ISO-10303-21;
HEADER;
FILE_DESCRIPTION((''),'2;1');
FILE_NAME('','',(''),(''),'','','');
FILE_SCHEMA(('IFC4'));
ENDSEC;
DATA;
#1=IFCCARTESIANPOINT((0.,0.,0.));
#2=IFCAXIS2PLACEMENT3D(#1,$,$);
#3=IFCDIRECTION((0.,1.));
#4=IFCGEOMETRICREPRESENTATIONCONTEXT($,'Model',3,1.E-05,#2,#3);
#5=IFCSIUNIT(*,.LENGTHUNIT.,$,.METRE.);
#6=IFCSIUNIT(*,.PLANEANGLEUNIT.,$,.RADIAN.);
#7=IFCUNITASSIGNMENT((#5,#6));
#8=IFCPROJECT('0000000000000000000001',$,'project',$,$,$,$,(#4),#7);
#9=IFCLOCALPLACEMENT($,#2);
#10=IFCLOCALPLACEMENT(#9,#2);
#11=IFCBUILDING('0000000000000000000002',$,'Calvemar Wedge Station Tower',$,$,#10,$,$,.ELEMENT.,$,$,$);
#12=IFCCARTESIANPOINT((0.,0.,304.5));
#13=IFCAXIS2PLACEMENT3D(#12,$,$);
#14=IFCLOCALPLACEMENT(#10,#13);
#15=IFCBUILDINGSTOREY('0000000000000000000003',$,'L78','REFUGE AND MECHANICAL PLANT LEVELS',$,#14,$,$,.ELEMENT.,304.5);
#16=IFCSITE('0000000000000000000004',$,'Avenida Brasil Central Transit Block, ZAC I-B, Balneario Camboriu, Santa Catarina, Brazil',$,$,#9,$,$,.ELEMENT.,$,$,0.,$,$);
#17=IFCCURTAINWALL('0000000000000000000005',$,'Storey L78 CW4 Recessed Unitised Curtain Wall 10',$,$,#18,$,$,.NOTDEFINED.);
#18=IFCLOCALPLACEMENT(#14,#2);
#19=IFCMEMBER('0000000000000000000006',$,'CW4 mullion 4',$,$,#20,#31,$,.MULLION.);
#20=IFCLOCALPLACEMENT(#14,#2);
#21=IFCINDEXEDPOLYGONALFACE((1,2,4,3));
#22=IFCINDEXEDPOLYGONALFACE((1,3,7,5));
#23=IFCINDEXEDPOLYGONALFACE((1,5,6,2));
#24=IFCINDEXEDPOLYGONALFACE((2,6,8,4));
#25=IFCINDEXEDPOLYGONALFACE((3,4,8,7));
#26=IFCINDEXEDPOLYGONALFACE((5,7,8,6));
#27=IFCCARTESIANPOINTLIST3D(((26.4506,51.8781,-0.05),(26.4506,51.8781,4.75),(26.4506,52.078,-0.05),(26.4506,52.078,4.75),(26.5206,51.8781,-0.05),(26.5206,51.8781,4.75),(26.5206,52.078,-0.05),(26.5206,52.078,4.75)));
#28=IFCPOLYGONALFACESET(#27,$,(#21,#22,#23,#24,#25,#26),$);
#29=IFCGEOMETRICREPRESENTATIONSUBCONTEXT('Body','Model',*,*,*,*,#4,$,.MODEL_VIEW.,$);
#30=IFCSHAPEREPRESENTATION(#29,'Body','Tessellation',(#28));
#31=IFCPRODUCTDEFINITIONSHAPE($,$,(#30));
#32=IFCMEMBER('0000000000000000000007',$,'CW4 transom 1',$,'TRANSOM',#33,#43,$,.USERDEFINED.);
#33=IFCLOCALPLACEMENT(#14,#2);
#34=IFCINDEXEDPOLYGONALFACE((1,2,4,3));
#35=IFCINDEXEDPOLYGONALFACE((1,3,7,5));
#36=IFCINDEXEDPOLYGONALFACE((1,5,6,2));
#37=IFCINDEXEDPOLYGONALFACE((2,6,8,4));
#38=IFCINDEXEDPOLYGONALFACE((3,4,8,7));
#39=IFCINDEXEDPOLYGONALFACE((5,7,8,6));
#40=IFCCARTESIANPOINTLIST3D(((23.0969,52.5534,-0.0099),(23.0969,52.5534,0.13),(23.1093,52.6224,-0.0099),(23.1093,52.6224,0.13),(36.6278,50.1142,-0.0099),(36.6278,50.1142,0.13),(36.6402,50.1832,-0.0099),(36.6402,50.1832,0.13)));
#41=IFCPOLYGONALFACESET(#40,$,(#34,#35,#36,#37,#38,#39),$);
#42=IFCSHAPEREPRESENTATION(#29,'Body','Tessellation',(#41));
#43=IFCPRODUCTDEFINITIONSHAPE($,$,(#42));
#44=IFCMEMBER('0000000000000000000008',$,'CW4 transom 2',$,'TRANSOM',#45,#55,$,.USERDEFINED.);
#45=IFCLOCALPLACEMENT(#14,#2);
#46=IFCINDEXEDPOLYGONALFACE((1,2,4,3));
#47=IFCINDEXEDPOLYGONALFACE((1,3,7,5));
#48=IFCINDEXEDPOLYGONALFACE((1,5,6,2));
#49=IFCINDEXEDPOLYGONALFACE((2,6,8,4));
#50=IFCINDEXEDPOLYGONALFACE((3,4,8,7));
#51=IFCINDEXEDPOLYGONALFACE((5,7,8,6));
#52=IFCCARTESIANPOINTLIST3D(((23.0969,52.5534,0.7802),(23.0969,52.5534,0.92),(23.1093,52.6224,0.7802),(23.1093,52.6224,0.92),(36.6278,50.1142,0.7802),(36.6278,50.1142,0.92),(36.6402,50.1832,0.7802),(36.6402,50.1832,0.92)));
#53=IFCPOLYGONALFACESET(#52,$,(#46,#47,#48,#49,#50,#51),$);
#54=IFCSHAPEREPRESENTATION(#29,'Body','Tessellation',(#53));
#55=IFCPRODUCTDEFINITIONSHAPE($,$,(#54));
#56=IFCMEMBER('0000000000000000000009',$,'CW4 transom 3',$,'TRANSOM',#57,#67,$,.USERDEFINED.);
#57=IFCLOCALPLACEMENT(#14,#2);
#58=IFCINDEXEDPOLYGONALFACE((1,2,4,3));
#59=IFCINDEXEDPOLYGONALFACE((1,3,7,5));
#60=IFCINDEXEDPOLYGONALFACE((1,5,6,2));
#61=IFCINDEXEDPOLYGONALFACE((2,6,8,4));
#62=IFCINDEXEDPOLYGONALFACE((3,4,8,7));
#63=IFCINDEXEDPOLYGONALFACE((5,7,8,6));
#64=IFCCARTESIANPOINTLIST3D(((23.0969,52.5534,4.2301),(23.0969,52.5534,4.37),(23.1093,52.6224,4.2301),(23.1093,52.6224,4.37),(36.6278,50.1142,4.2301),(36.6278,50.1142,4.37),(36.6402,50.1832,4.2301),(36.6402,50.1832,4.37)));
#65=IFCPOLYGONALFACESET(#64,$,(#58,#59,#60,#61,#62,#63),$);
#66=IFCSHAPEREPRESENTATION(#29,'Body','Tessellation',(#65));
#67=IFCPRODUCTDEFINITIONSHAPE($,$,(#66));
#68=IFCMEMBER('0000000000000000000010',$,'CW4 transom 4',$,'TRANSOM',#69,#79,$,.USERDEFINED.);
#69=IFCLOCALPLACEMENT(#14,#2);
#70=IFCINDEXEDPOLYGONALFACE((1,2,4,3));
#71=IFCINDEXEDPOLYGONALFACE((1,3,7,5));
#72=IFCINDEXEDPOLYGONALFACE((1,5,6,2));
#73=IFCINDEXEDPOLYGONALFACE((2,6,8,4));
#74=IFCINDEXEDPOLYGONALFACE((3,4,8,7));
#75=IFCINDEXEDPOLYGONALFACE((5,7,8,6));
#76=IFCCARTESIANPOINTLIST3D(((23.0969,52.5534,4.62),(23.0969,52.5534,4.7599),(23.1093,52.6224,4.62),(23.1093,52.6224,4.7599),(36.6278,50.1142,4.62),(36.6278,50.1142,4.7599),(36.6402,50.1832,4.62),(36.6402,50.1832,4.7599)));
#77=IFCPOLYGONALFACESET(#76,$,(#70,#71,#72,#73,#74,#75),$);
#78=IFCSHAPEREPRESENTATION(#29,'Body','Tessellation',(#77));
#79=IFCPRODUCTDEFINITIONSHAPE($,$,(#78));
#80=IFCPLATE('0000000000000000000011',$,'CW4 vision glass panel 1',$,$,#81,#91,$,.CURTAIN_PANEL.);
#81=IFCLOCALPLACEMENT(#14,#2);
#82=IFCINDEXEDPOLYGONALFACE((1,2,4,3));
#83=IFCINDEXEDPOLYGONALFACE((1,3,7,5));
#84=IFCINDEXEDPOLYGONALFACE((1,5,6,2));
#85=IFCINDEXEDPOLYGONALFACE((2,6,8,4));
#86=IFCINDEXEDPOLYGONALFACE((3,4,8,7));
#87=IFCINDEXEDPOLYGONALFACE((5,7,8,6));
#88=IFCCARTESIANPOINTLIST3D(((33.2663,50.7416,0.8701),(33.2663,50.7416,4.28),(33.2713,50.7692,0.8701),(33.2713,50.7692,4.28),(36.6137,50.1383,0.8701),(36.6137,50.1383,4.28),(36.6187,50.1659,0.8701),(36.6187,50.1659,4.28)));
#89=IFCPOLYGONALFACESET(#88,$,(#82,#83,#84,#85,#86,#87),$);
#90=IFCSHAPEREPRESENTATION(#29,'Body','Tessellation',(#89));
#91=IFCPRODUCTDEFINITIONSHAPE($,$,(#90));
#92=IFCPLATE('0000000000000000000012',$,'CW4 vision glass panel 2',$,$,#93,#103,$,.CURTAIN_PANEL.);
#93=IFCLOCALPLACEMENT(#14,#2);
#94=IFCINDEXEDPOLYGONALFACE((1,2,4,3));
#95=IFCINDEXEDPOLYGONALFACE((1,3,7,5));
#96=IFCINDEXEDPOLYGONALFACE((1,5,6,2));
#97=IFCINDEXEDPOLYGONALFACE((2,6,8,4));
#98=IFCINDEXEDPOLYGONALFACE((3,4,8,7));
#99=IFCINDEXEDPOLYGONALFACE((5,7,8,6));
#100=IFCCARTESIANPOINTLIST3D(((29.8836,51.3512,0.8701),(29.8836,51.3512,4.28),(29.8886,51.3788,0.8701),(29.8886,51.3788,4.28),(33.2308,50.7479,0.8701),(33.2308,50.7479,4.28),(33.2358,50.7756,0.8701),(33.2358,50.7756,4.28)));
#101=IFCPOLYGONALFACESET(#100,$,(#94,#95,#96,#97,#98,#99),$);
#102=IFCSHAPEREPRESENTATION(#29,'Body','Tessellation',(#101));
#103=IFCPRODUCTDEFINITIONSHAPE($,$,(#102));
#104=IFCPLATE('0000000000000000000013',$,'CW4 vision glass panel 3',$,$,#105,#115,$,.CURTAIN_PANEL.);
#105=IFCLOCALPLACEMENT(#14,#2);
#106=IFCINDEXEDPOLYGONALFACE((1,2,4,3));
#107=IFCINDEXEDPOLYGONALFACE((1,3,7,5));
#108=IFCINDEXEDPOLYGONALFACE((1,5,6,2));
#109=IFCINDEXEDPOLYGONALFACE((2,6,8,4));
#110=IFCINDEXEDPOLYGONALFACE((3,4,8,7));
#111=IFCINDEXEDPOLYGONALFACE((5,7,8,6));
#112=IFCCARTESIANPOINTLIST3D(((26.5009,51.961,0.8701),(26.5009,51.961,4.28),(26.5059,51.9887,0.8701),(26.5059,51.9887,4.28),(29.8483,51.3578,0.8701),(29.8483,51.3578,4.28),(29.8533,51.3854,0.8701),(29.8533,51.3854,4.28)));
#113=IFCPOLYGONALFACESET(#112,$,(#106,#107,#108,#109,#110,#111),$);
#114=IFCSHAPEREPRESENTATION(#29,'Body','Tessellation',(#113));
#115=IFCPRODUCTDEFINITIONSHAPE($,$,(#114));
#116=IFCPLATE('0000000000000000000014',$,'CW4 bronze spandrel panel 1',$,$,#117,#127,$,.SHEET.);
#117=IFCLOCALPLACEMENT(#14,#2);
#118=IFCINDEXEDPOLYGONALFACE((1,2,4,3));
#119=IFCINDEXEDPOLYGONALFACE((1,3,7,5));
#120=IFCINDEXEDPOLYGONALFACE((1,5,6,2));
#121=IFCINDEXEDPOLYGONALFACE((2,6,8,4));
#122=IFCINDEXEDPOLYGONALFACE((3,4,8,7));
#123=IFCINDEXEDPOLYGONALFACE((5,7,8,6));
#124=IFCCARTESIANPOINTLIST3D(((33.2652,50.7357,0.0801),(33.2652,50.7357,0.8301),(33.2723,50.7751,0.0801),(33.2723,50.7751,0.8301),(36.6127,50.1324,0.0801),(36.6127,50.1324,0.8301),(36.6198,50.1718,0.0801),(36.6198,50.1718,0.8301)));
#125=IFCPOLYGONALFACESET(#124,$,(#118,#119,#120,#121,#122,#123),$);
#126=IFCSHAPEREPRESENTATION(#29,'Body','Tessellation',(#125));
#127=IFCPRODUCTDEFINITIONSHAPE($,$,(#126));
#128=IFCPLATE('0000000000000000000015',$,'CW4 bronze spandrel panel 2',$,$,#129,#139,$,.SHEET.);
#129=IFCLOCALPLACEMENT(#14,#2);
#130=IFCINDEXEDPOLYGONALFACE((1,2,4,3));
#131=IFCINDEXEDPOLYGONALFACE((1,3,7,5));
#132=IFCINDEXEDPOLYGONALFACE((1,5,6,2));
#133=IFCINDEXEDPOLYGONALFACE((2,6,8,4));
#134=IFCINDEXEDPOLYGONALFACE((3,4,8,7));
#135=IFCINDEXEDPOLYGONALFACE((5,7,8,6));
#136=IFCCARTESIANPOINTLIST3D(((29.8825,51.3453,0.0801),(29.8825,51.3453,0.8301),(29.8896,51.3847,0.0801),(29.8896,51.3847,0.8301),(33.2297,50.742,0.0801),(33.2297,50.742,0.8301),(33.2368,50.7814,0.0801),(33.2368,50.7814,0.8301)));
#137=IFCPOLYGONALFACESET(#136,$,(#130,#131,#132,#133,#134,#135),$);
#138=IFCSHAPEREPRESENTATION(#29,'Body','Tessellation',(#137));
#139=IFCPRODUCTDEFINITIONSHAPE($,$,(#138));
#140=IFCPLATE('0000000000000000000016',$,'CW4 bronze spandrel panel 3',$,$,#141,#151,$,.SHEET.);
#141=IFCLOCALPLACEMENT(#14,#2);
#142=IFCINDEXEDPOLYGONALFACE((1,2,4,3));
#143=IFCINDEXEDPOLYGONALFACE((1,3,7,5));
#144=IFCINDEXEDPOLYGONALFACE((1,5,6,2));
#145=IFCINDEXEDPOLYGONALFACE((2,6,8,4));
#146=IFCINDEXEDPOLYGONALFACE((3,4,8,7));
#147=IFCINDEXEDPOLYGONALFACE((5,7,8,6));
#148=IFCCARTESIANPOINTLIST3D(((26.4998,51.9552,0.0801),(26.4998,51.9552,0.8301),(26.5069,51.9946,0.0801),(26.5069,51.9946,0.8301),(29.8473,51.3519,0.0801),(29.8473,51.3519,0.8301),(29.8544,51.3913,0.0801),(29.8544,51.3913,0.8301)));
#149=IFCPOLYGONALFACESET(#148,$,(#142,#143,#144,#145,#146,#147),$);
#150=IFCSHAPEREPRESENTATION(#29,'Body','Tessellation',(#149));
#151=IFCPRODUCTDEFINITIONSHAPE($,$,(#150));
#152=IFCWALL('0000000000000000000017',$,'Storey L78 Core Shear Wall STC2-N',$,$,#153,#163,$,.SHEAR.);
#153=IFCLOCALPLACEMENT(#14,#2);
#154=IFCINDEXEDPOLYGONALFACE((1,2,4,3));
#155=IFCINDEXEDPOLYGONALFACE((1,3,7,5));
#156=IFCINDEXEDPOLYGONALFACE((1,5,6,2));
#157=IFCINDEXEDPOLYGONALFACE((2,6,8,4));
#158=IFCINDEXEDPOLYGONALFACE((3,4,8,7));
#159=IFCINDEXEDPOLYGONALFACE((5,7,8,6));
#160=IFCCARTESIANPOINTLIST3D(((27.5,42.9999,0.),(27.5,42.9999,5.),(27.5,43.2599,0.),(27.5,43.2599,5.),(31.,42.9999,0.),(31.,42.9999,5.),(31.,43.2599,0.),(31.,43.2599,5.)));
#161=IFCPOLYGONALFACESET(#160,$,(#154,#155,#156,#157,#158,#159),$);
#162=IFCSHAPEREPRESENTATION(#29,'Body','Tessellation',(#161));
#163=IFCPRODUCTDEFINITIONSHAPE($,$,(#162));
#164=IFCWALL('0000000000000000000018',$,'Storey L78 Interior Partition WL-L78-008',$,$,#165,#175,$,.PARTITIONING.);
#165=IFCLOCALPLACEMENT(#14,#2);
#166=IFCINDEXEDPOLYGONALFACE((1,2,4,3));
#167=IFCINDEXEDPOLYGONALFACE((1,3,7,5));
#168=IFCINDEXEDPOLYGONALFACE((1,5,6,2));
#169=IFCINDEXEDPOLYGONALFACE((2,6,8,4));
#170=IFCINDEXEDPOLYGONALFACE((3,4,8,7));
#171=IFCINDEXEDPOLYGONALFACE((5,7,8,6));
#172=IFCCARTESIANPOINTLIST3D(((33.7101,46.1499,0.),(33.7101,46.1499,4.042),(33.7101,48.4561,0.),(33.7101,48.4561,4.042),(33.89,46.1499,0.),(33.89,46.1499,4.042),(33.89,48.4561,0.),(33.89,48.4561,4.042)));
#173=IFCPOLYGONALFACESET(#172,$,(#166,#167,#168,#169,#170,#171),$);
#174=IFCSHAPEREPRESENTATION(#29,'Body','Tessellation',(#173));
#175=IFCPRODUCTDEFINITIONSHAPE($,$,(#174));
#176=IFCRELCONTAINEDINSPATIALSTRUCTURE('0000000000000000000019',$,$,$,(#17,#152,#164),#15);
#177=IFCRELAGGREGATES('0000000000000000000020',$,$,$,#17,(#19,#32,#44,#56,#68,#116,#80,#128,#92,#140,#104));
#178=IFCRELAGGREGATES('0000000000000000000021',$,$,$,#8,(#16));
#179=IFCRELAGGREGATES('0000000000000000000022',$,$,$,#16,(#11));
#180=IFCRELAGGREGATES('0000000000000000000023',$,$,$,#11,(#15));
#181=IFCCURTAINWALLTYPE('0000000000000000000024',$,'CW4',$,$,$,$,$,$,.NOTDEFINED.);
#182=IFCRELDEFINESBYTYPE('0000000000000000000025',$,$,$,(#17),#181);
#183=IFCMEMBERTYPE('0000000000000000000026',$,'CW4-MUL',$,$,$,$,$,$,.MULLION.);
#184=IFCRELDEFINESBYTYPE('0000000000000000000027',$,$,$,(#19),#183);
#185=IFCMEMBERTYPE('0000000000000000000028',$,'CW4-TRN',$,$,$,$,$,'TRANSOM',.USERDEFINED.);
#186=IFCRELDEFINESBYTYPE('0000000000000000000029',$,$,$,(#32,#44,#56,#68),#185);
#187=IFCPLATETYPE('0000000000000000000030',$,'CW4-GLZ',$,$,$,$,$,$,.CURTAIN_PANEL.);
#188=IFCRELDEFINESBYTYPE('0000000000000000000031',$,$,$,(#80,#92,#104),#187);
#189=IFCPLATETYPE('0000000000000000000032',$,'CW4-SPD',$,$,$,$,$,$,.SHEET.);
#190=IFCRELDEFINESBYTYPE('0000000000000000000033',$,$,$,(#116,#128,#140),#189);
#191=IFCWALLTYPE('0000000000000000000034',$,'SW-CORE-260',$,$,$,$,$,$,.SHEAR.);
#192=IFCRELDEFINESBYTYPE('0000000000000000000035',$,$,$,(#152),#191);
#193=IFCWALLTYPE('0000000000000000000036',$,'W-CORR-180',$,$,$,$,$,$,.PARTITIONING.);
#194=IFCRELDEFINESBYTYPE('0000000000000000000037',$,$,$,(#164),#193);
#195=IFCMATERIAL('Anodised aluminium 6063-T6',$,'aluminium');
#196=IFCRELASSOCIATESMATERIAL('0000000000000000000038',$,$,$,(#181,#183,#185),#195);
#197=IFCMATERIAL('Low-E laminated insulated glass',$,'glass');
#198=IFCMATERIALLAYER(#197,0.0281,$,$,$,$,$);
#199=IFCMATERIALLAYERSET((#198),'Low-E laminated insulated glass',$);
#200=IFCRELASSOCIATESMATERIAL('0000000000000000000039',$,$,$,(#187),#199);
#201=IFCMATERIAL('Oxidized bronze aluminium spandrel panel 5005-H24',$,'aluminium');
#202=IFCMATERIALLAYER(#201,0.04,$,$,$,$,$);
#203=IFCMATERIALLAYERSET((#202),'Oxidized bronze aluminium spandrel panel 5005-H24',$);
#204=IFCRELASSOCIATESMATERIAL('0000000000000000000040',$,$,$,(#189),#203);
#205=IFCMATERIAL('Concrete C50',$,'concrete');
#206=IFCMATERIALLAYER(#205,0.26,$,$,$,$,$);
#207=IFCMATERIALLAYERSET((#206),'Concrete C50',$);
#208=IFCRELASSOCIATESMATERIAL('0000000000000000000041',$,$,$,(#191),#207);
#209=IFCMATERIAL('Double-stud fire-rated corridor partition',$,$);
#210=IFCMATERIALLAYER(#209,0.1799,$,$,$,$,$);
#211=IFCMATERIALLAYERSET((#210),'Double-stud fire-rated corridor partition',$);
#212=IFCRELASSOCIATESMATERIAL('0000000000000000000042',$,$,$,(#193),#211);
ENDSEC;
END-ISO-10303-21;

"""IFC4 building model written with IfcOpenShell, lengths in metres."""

from ifc_helpers import new_model, si_unit, direction, frame, frame_2d, origin, origin_2d, place, context, subcontext, project, spatial, rectangle, extrude, source, transform, mapped, material, layer, layer_set, material_profile, profile_set, type_object, element, aggregate, save


model = new_model("IFC4")

# Units and contexts
model_context = context("Model", 3, precision=1e-05, world=origin(), true_north=direction((0.0, 1.0)))
body_context = subcontext(model_context, "Body", "Model", "MODEL_VIEW")
ifc_project = project(units=[si_unit("LENGTHUNIT", "METRE"), si_unit("PLANEANGLEUNIT", "RADIAN")], contexts=[model_context])

# Site, building, storey
site_placement = place(None, origin())
site = spatial("IfcSite", under=ifc_project, at=site_placement, Name="Avenida Brasil Central Transit Block, ZAC I-B, Balneario Camboriu, Santa Catarina, Brazil", CompositionType="ELEMENT", RefElevation=0.0)
building_placement = place(site_placement, origin())
building = spatial("IfcBuilding", under=site, at=building_placement, Name="Calvemar Wedge Station Tower", CompositionType="ELEMENT")
storey_placement = place(building_placement, frame((0.0, 0.0, 304.5)))
storey = spatial("IfcBuildingStorey", under=building, at=storey_placement, Name="L78", Description="REFUGE AND MECHANICAL PLANT LEVELS", CompositionType="ELEMENT", Elevation=304.5)

# Shared definitions
ifc_material_1 = material(Name="Concrete C50", Category="concrete")

# Curtain wall, members, plates
ifc_material_2 = material(Name="Anodised aluminium 6063-T6", Category="aluminium")
curtain_wall_type = type_object("IfcCurtainWallType", Name="CW4", PredefinedType="NOTDEFINED", material=ifc_material_2)
curtain_wall_placement = place(storey_placement, origin())
curtain_wall = element("IfcCurtainWall", 1, at=curtain_wall_placement, inside=storey, type_object=curtain_wall_type, Name="Storey L78 CW4 Recessed Unitised Curtain Wall 10", PredefinedType="NOTDEFINED")
ifc_material_profile_1 = material_profile(ifc_material_2, rectangle(XDim=0.0701, YDim=0.2, at=origin_2d()), Name="AL-MUL-70x200")
ifc_profile_set_1 = profile_set([ifc_material_profile_1], Name="Anodised aluminium 6063-T6")
member_type_1 = type_object("IfcMemberType", Name="CW4-MUL", PredefinedType="MULLION", material=ifc_profile_set_1)
shared_shape_1 = source(origin(), body_context, "Body", "SweptSolid", [
    extrude(rectangle(XDim=0.0701, YDim=0.2, at=origin_2d()), origin(), (0.0, 0.0, 1.0), 4.8),
])
member_1_placement = place(storey_placement, frame((26.4856, 51.978, -0.05), z_axis=(0.0, 0.0, 1.0), x_axis=(1.0, 0.0, 0.0)))
member_1 = element("IfcMember", 2, at=member_1_placement, type_object=member_type_1, Name="CW4 mullion 4", PredefinedType="MULLION", context=body_context, shape_type="MappedRepresentation", body=[
    mapped(shared_shape_1, transform((0.0, 0.0, 0.0), scale=1.0)),
])
ifc_material_profile_2 = material_profile(ifc_material_2, rectangle(XDim=0.0701, YDim=0.1399, at=origin_2d()), Name="AL-TRN-70x140")
ifc_profile_set_2 = profile_set([ifc_material_profile_2], Name="Anodised aluminium 6063-T6")
member_type_2 = type_object("IfcMemberType", Name="CW4-TRN", ElementType="TRANSOM", PredefinedType="USERDEFINED", material=ifc_profile_set_2)
shared_shape_2 = source(origin(), body_context, "Body", "SweptSolid", [
    extrude(rectangle(XDim=0.0701, YDim=0.1399, at=origin_2d()), origin(), (0.0, 0.0, 1.0), 13.749),
])
member_2_placement = place(storey_placement, frame((36.634, 50.1487, 0.0601), z_axis=(-0.984137, 0.177409, 0.0), x_axis=(-0.177409, -0.984137, 0.0)))
member_2 = element("IfcMember", 3, at=member_2_placement, type_object=member_type_2, Name="CW4 transom 1", ObjectType="TRANSOM", PredefinedType="USERDEFINED", context=body_context, shape_type="MappedRepresentation", body=[
    mapped(shared_shape_2, transform((0.0, 0.0, 0.0), scale=1.0)),
])
member_3_placement = place(storey_placement, frame((36.634, 50.1487, 0.8501), z_axis=(-0.984137, 0.177409, 0.0), x_axis=(-0.177409, -0.984137, 0.0)))
member_3 = element("IfcMember", 4, at=member_3_placement, type_object=member_type_2, Name="CW4 transom 2", ObjectType="TRANSOM", PredefinedType="USERDEFINED", context=body_context, shape_type="MappedRepresentation", body=[
    mapped(shared_shape_2, transform((0.0, 0.0, 0.0), scale=1.0)),
])
member_4_placement = place(storey_placement, frame((36.634, 50.1487, 4.3), z_axis=(-0.984137, 0.177409, 0.0), x_axis=(-0.177409, -0.984137, 0.0)))
member_4 = element("IfcMember", 5, at=member_4_placement, type_object=member_type_2, Name="CW4 transom 3", ObjectType="TRANSOM", PredefinedType="USERDEFINED", context=body_context, shape_type="MappedRepresentation", body=[
    mapped(shared_shape_2, transform((0.0, 0.0, 0.0), scale=1.0)),
])
member_5_placement = place(storey_placement, frame((36.634, 50.1487, 4.6899), z_axis=(-0.984137, 0.177409, 0.0), x_axis=(-0.177409, -0.984137, 0.0)))
member_5 = element("IfcMember", 6, at=member_5_placement, type_object=member_type_2, Name="CW4 transom 4", ObjectType="TRANSOM", PredefinedType="USERDEFINED", context=body_context, shape_type="MappedRepresentation", body=[
    mapped(shared_shape_2, transform((0.0, 0.0, 0.0), scale=1.0)),
])
ifc_material_3 = material(Name="Low-E laminated insulated glass", Category="glass")
ifc_layer_1 = layer(ifc_material_3, 0.0281)
ifc_layer_set_1 = layer_set([ifc_layer_1], Name="Low-E laminated insulated glass")
plate_type_1 = type_object("IfcPlateType", Name="CW4-GLZ", PredefinedType="CURTAIN_PANEL", material=ifc_layer_set_1)
plate_1_placement = place(storey_placement, frame((36.6162, 50.1521, 0.8701), z_axis=(0.0, 0.0, 1.0), x_axis=(-0.984146, 0.177363, 0.0)))
plate_1 = element("IfcPlate", 7, at=plate_1_placement, type_object=plate_type_1, Name="CW4 vision glass panel 1", PredefinedType="CURTAIN_PANEL", context=body_context, shape_type="SweptSolid", body=[
    extrude(rectangle(XDim=3.4014, YDim=0.0281, at=frame_2d((1.7007, 0.0))), origin(), (0.0, 0.0, 1.0), 3.4099),
])
plate_2_placement = place(storey_placement, frame((33.2334, 50.7617, 0.8701), z_axis=(0.0, 0.0, 1.0), x_axis=(-0.984143, 0.177375, 0.0)))
plate_2 = element("IfcPlate", 8, at=plate_2_placement, type_object=plate_type_1, Name="CW4 vision glass panel 2", PredefinedType="CURTAIN_PANEL", context=body_context, shape_type="SweptSolid", body=[
    extrude(rectangle(XDim=3.4011, YDim=0.0281, at=frame_2d((1.7007, 0.0))), origin(), (0.0, 0.0, 1.0), 3.4099),
])
plate_3_placement = place(storey_placement, frame((29.8508, 51.3716, 0.8701), z_axis=(0.0, 0.0, 1.0), x_axis=(-0.984146, 0.177363, 0.0)))
plate_3 = element("IfcPlate", 9, at=plate_3_placement, type_object=plate_type_1, Name="CW4 vision glass panel 3", PredefinedType="CURTAIN_PANEL", context=body_context, shape_type="SweptSolid", body=[
    extrude(rectangle(XDim=3.4014, YDim=0.0281, at=frame_2d((1.7007, 0.0))), origin(), (0.0, 0.0, 1.0), 3.4099),
])
ifc_material_4 = material(Name="Oxidized bronze aluminium spandrel panel 5005-H24", Category="aluminium")
ifc_layer_2 = layer(ifc_material_4, 0.04)
ifc_layer_set_2 = layer_set([ifc_layer_2], Name="Oxidized bronze aluminium spandrel panel 5005-H24")
plate_type_2 = type_object("IfcPlateType", Name="CW4-SPD", PredefinedType="SHEET", material=ifc_layer_set_2)
plate_4_placement = place(storey_placement, frame((36.6162, 50.1521, 0.0801), z_axis=(0.0, 0.0, 1.0), x_axis=(-0.984146, 0.177363, 0.0)))
plate_4 = element("IfcPlate", 10, at=plate_4_placement, type_object=plate_type_2, Name="CW4 bronze spandrel panel 1", PredefinedType="SHEET", context=body_context, shape_type="SweptSolid", body=[
    extrude(rectangle(XDim=3.4014, YDim=0.04, at=frame_2d((1.7007, 0.0))), origin(), (0.0, 0.0, 1.0), 0.75),
])
plate_5_placement = place(storey_placement, frame((33.2334, 50.7617, 0.0801), z_axis=(0.0, 0.0, 1.0), x_axis=(-0.984143, 0.177375, 0.0)))
plate_5 = element("IfcPlate", 11, at=plate_5_placement, type_object=plate_type_2, Name="CW4 bronze spandrel panel 2", PredefinedType="SHEET", context=body_context, shape_type="SweptSolid", body=[
    extrude(rectangle(XDim=3.4011, YDim=0.04, at=frame_2d((1.7007, 0.0))), origin(), (0.0, 0.0, 1.0), 0.75),
])
plate_6_placement = place(storey_placement, frame((29.8508, 51.3716, 0.0801), z_axis=(0.0, 0.0, 1.0), x_axis=(-0.984146, 0.177363, 0.0)))
plate_6 = element("IfcPlate", 12, at=plate_6_placement, type_object=plate_type_2, Name="CW4 bronze spandrel panel 3", PredefinedType="SHEET", context=body_context, shape_type="SweptSolid", body=[
    extrude(rectangle(XDim=3.4014, YDim=0.04, at=frame_2d((1.7007, 0.0))), origin(), (0.0, 0.0, 1.0), 0.75),
])
aggregate(curtain_wall, [member_1, member_2, member_3, member_4, member_5, plate_4, plate_1, plate_5, plate_2, plate_6, plate_3])

# Walls
ifc_layer_3 = layer(ifc_material_1, 0.26)
ifc_layer_set_3 = layer_set([ifc_layer_3], Name="Concrete C50")
wall_type_1 = type_object("IfcWallType", Name="SW-CORE-260", PredefinedType="SHEAR", material=ifc_layer_set_3)
wall_1_placement = place(storey_placement, frame((27.5, 43.1299, 0.0), z_axis=(0.0, 0.0, 1.0), x_axis=(1.0, 0.0, 0.0)))
element("IfcWall", 13, at=wall_1_placement, inside=storey, type_object=wall_type_1, Name="Storey L78 Core Shear Wall STC2-N", PredefinedType="SHEAR", context=body_context, shape_type="SweptSolid", body=[
    extrude(rectangle(XDim=3.5, YDim=0.26, at=frame_2d((1.75, 0.0))), origin(), (0.0, 0.0, 1.0), 5.0),
])
ifc_material_5 = material(Name="Double-stud fire-rated corridor partition")
ifc_layer_4 = layer(ifc_material_5, 0.1799)
ifc_layer_set_4 = layer_set([ifc_layer_4], Name="Double-stud fire-rated corridor partition")
wall_type_2 = type_object("IfcWallType", Name="W-CORR-180", PredefinedType="PARTITIONING", material=ifc_layer_set_4)
wall_2_placement = place(storey_placement, frame((33.8, 48.4561, 0.0), z_axis=(0.0, 0.0, 1.0), x_axis=(0.0, -1.0, 0.0)))
element("IfcWall", 14, at=wall_2_placement, inside=storey, type_object=wall_type_2, Name="Storey L78 Interior Partition WL-L78-008", PredefinedType="PARTITIONING", context=body_context, shape_type="SweptSolid", body=[
    extrude(rectangle(XDim=2.3062, YDim=0.1799, at=frame_2d((1.1531, 0.0))), origin(), (0.0, 0.0, 1.0), 4.042),
])

save(model, "model.ifc")
